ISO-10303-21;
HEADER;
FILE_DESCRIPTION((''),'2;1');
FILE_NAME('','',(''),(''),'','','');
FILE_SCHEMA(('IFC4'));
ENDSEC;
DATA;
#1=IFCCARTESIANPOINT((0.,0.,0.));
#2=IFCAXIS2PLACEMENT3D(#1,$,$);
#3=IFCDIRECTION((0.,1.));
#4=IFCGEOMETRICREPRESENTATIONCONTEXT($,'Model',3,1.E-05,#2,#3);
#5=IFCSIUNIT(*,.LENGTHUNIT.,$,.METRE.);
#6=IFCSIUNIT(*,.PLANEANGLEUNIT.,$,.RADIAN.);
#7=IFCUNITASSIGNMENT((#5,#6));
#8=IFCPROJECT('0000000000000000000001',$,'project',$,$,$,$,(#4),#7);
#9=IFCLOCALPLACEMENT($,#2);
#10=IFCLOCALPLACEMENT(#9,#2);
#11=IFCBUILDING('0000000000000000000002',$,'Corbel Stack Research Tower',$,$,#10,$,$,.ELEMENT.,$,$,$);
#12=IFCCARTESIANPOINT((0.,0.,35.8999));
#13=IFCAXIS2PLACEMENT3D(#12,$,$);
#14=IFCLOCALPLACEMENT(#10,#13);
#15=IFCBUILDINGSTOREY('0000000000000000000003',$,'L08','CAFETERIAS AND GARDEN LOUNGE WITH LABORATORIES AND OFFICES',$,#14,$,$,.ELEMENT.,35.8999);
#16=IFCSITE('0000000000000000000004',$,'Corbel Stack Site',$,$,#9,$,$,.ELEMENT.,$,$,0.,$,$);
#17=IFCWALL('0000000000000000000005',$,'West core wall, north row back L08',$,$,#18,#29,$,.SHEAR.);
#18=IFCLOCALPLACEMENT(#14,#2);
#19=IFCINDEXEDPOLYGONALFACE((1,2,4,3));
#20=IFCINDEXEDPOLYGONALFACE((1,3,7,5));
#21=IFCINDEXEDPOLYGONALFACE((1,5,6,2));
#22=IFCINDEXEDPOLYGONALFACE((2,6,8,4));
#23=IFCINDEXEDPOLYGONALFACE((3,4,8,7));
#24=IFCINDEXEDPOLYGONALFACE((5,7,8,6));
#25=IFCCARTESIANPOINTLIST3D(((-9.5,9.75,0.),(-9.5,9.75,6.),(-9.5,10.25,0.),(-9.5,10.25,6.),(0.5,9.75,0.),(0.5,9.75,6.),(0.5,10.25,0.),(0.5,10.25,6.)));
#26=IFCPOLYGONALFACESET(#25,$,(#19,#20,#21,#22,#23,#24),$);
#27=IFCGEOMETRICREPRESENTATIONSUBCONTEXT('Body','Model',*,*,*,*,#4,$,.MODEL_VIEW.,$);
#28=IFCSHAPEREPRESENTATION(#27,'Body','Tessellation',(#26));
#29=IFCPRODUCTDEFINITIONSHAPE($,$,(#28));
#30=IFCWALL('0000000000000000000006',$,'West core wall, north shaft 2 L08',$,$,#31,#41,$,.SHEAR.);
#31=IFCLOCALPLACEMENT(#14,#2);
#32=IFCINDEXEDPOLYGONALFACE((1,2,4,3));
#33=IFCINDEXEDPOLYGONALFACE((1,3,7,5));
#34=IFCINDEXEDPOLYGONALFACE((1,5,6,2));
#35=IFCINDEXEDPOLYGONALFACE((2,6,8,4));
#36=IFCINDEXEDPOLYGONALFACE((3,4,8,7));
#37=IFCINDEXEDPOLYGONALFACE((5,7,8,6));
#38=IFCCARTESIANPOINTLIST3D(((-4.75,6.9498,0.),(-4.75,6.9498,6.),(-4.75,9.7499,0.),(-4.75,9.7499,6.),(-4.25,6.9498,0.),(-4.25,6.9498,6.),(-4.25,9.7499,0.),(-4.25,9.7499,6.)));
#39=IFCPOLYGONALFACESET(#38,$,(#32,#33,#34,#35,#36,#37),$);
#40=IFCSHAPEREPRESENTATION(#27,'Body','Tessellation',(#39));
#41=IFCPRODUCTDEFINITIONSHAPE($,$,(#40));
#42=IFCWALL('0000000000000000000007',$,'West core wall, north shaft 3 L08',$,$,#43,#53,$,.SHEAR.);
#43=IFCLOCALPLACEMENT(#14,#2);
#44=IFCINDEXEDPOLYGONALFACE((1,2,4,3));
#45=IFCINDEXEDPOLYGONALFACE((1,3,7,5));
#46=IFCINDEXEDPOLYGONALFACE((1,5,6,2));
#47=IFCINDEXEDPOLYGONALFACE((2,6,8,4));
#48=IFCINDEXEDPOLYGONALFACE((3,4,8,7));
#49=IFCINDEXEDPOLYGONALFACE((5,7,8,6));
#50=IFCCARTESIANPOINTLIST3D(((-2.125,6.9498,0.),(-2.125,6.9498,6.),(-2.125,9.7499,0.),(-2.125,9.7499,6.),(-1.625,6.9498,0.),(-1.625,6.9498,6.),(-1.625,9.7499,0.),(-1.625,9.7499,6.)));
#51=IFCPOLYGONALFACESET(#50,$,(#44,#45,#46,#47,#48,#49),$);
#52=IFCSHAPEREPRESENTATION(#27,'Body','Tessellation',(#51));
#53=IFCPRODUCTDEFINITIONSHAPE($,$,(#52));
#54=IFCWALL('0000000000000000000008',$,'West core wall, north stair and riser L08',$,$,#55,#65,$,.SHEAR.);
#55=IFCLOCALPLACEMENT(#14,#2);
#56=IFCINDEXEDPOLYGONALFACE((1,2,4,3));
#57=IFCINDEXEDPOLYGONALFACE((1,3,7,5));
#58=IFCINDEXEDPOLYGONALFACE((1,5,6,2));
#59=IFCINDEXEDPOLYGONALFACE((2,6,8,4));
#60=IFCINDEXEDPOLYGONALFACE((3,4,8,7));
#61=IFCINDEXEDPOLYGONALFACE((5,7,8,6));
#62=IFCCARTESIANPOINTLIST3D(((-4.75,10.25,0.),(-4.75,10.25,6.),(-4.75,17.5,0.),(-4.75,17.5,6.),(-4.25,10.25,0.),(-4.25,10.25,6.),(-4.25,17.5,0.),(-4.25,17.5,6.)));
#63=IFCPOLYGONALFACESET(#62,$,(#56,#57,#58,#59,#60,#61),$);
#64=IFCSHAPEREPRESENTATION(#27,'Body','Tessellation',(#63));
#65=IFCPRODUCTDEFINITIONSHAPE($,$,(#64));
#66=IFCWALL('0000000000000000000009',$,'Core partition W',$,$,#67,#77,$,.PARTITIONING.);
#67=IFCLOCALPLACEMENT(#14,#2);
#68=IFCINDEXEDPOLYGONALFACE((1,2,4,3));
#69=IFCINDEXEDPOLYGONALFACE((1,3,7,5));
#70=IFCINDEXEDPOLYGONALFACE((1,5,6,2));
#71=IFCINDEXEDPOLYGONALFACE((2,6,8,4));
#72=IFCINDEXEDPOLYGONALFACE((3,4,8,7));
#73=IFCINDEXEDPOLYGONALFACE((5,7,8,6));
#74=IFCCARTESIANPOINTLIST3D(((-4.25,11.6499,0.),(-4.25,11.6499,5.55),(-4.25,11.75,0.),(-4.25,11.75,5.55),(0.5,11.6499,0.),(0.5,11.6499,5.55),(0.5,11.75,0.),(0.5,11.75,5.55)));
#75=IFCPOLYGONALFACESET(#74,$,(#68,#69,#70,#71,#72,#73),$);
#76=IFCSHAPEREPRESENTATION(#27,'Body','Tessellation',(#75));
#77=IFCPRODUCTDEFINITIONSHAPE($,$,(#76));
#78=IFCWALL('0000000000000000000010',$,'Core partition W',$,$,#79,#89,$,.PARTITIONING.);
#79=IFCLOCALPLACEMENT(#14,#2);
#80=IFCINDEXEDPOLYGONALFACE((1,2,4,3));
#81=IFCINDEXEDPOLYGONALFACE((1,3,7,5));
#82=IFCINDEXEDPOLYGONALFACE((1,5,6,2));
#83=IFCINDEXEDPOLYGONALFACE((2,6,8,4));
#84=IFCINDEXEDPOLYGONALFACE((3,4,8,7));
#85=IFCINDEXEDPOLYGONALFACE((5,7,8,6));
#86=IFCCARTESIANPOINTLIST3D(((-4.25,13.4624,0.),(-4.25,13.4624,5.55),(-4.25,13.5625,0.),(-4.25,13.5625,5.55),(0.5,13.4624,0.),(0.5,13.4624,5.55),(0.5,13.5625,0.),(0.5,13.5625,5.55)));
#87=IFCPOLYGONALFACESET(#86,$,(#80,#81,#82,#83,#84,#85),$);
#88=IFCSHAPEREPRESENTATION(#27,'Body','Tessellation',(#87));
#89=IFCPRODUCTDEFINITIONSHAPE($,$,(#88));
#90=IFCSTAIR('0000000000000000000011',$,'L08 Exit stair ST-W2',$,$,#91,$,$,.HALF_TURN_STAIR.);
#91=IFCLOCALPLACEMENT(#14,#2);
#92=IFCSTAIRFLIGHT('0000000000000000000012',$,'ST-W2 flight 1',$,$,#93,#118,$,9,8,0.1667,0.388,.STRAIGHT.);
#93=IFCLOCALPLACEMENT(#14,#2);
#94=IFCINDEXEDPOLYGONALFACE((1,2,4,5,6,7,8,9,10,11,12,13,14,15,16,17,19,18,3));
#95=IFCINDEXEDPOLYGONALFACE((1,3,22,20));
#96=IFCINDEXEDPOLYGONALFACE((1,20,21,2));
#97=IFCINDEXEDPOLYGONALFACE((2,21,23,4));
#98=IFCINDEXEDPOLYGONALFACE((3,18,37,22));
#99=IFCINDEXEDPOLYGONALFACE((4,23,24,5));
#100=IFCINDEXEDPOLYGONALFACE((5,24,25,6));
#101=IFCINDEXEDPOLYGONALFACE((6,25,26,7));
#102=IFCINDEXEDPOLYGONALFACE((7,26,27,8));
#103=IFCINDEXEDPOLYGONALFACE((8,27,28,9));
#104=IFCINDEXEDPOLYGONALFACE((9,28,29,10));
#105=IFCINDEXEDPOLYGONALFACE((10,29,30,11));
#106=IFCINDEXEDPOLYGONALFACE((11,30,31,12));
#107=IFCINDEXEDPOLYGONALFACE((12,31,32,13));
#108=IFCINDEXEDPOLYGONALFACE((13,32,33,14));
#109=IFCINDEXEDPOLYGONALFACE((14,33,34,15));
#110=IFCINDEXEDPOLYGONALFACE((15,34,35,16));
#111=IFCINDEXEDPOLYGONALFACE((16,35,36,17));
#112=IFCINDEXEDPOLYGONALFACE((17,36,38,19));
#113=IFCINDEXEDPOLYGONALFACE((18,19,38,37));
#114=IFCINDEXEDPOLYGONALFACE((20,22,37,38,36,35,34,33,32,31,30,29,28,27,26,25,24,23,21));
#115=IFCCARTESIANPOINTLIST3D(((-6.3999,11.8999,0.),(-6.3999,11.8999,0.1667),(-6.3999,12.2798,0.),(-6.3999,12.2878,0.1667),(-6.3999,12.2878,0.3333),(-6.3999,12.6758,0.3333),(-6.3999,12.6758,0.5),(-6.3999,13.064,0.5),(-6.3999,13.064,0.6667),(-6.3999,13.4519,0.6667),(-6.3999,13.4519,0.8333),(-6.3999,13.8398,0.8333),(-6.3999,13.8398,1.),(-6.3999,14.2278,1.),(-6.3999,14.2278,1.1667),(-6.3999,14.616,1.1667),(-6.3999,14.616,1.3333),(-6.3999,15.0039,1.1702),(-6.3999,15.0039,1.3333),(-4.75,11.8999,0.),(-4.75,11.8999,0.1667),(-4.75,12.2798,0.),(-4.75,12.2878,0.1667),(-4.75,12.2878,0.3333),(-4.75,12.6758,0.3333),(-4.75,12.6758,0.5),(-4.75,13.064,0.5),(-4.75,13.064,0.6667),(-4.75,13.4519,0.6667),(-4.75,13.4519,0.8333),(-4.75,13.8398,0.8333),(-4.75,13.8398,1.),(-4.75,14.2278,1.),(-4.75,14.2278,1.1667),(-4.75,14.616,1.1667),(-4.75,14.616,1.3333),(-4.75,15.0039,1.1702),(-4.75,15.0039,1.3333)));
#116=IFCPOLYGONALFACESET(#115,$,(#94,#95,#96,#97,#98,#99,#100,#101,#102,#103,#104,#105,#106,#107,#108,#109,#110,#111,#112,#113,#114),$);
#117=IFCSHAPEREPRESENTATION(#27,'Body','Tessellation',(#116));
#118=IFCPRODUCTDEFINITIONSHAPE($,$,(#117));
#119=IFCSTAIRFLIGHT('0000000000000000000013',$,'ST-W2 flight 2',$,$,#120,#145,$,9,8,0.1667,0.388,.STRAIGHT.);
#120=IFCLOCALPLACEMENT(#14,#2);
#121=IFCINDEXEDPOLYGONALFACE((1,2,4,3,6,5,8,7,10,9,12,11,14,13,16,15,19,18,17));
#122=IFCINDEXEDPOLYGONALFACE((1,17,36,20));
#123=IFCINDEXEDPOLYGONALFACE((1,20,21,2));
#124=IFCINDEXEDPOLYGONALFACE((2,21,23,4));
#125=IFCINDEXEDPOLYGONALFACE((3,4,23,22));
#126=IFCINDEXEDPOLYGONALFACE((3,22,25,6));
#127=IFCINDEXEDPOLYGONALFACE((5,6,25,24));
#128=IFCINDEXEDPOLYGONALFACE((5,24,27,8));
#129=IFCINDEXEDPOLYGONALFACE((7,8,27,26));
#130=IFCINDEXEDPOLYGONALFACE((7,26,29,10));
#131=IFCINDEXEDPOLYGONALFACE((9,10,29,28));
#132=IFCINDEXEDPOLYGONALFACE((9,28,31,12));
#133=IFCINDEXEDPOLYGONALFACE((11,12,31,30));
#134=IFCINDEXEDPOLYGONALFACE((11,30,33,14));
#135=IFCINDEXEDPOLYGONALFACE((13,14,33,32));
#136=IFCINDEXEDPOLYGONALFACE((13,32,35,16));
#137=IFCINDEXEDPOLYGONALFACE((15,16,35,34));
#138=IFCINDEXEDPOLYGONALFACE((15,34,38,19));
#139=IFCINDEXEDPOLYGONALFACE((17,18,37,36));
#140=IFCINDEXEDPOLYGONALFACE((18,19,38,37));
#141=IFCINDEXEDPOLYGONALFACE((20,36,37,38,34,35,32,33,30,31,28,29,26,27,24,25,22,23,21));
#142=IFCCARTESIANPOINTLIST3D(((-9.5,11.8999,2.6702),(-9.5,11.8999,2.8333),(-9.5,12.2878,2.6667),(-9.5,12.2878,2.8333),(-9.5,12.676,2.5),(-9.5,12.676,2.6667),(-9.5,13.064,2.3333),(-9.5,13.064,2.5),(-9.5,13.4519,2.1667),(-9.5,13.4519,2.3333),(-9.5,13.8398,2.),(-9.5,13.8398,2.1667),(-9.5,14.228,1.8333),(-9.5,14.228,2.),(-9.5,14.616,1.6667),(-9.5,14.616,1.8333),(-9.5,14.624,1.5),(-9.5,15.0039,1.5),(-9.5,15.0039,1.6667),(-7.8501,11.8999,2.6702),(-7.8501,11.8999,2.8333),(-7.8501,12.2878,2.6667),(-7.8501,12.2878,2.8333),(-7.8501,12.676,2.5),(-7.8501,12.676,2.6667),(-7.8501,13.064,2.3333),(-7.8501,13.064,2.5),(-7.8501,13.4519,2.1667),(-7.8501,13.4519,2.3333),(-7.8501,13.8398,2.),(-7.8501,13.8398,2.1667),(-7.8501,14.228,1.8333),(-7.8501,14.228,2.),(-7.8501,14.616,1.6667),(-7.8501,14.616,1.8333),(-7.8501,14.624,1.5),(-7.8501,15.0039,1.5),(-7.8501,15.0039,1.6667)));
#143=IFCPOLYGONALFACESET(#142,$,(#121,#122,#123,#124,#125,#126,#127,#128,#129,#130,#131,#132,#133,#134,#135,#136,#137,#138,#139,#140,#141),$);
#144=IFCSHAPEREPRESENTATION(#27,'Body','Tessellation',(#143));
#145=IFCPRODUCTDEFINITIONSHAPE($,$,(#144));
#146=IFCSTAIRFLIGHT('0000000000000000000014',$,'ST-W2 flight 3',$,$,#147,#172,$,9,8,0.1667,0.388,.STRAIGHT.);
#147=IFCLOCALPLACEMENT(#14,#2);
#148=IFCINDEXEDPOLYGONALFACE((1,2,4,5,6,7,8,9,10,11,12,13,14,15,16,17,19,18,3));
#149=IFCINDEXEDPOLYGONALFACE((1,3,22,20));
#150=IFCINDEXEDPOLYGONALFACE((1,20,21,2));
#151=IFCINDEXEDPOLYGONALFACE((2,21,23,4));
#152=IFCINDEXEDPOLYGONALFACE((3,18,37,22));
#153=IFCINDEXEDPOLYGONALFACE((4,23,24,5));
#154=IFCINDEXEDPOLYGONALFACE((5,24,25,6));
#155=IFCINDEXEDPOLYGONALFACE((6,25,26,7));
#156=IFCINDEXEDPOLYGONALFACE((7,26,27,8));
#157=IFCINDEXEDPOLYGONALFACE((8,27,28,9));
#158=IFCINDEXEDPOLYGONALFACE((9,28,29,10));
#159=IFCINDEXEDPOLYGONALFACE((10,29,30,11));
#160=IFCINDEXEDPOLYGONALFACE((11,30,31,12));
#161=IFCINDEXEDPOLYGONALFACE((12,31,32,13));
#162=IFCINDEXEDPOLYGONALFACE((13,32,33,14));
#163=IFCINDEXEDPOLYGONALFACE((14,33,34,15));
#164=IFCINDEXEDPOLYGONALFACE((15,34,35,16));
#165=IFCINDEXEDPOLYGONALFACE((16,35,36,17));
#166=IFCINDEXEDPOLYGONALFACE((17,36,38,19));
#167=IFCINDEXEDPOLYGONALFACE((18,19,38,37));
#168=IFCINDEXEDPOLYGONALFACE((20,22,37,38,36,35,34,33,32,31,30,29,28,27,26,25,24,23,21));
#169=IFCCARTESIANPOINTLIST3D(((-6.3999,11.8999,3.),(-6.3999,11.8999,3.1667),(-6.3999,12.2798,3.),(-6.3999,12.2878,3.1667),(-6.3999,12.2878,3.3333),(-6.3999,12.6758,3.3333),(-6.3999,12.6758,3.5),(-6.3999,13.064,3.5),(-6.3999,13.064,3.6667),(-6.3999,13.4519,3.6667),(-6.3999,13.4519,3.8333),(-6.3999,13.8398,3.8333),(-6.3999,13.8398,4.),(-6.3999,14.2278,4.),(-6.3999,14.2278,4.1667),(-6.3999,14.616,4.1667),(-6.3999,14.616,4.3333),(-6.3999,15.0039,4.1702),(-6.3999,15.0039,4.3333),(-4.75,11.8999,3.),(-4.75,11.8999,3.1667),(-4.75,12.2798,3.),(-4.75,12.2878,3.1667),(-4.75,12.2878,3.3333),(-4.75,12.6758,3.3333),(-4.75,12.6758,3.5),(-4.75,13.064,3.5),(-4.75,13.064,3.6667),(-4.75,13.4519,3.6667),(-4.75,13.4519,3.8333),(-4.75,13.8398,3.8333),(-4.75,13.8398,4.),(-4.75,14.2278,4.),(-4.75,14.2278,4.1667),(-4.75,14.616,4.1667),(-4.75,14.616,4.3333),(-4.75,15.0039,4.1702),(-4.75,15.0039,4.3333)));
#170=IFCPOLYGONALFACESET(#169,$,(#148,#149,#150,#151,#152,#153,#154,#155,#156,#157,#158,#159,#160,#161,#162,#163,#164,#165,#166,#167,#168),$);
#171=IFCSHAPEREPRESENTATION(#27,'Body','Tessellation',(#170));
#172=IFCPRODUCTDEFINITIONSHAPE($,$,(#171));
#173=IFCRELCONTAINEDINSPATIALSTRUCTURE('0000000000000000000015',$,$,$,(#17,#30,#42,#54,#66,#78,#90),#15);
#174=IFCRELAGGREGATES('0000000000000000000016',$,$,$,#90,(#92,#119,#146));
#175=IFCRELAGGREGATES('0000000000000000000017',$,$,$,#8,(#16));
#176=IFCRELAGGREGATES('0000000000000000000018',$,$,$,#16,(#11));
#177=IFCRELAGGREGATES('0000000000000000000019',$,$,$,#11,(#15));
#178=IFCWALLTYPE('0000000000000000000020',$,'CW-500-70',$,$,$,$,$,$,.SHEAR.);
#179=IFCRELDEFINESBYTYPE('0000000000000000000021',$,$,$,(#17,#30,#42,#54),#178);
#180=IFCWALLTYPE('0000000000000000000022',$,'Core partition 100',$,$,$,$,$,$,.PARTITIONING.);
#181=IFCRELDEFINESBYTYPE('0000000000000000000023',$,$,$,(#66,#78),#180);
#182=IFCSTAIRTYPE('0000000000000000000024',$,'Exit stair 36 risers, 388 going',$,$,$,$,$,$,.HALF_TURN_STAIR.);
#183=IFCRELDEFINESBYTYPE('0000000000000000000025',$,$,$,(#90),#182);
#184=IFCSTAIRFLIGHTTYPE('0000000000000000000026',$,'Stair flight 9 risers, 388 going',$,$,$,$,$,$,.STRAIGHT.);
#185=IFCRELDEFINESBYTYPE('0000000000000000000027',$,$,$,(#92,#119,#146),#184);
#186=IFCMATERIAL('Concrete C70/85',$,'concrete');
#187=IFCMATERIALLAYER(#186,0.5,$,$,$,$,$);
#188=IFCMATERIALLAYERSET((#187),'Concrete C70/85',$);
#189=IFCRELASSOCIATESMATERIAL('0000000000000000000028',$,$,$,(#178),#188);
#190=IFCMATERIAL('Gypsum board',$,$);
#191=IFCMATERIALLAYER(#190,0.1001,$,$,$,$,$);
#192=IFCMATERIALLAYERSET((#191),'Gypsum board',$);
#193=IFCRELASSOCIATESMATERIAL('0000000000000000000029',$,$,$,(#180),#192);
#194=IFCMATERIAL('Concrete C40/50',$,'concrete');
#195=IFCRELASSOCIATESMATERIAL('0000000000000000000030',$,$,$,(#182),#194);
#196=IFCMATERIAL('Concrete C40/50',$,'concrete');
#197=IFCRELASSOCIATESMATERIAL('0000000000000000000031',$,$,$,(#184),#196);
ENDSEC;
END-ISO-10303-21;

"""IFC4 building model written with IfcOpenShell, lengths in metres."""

from ifc_helpers import new_model, si_unit, direction, frame, frame_2d, origin, place, context, subcontext, project, spatial, polyline, rectangle, outline, extrude, material, layer, layer_set, type_object, element, aggregate, save


model = new_model("IFC4")

# Units and contexts
model_context = context("Model", 3, precision=1e-05, world=origin(), true_north=direction((0.0, 1.0)))
body_context = subcontext(model_context, "Body", "Model", "MODEL_VIEW")
ifc_project = project(units=[si_unit("LENGTHUNIT", "METRE"), si_unit("PLANEANGLEUNIT", "RADIAN")], contexts=[model_context])

# Site, building, storey
site_placement = place(None, origin())
site = spatial("IfcSite", under=ifc_project, at=site_placement, Name="Corbel Stack Site", CompositionType="ELEMENT", RefElevation=0.0)
building_placement = place(site_placement, origin())
building = spatial("IfcBuilding", under=site, at=building_placement, Name="Corbel Stack Research Tower", CompositionType="ELEMENT")
storey_placement = place(building_placement, frame((0.0, 0.0, 35.8999)))
storey = spatial("IfcBuildingStorey", under=building, at=storey_placement, Name="L08", Description="CAFETERIAS AND GARDEN LOUNGE WITH LABORATORIES AND OFFICES", CompositionType="ELEMENT", Elevation=35.8999)

# Walls
ifc_material_1 = material(Name="Concrete C70/85", Category="concrete")
ifc_layer_1 = layer(ifc_material_1, 0.5)
ifc_layer_set_1 = layer_set([ifc_layer_1], Name="Concrete C70/85")
wall_type_1 = type_object("IfcWallType", Name="CW-500-70", PredefinedType="SHEAR", material=ifc_layer_set_1)
wall_1_placement = place(storey_placement, frame((-9.5, 10.0, 0.0), z_axis=(0.0, 0.0, 1.0), x_axis=(1.0, 0.0, 0.0)))
element("IfcWall", 1, at=wall_1_placement, inside=storey, type_object=wall_type_1, Name="West core wall, north row back L08", PredefinedType="SHEAR", context=body_context, shape_type="SweptSolid", body=[
    extrude(rectangle(XDim=10.0, YDim=0.5, at=frame_2d((5.0, 0.0))), origin(), (0.0, 0.0, 1.0), 6.0),
])
for number, where, z_axis, x_axis, name in (
    (2, (-4.5, 6.95, 0.0), (0.0, 0.0, 1.0), (0.0, 1.0, 0.0), "West core wall, north shaft 2 L08"),
    (3, (-1.875, 6.95, 0.0), (0.0, 0.0, 1.0), (0.0, 1.0, 0.0), "West core wall, north shaft 3 L08"),
):
    element("IfcWall", number, at=place(storey_placement, frame(where, z_axis=z_axis, x_axis=x_axis)), inside=storey, type_object=wall_type_1, Name=name, PredefinedType="SHEAR", context=body_context, shape_type="SweptSolid", body=[
        extrude(rectangle(XDim=2.8, YDim=0.5, at=frame_2d((1.3999, 0.0))), origin(), (0.0, 0.0, 1.0), 6.0),
    ])
wall_2_placement = place(storey_placement, frame((-4.5, 10.25, 0.0), z_axis=(0.0, 0.0, 1.0), x_axis=(0.0, 1.0, 0.0)))
element("IfcWall", 4, at=wall_2_placement, inside=storey, type_object=wall_type_1, Name="West core wall, north stair and riser L08", PredefinedType="SHEAR", context=body_context, shape_type="SweptSolid", body=[
    extrude(rectangle(XDim=7.25, YDim=0.5, at=frame_2d((3.625, 0.0))), origin(), (0.0, 0.0, 1.0), 6.0),
])
ifc_material_2 = material(Name="Gypsum board")
ifc_layer_2 = layer(ifc_material_2, 0.1001)
ifc_layer_set_2 = layer_set([ifc_layer_2], Name="Gypsum board")
wall_type_2 = type_object("IfcWallType", Name="Core partition 100", PredefinedType="PARTITIONING", material=ifc_layer_set_2)
for number, where, z_axis, x_axis, name in (
    (5, (-4.25, 11.7, 0.0), (0.0, 0.0, 1.0), (1.0, 0.0, 0.0), "Core partition W"),
    (6, (-4.25, 13.5125, 0.0), (0.0, 0.0, 1.0), (1.0, 0.0, 0.0), "Core partition W"),
):
    element("IfcWall", number, at=place(storey_placement, frame(where, z_axis=z_axis, x_axis=x_axis)), inside=storey, type_object=wall_type_2, Name=name, PredefinedType="PARTITIONING", context=body_context, shape_type="SweptSolid", body=[
        extrude(rectangle(XDim=4.75, YDim=0.1001, at=frame_2d((2.375, 0.0))), origin(), (0.0, 0.0, 1.0), 5.55),
    ])

# Stair, stair flights
ifc_material_3 = material(Name="Concrete C40/50", Category="concrete")
stair_type = type_object("IfcStairType", Name="Exit stair 36 risers, 388 going", PredefinedType="HALF_TURN_STAIR", material=ifc_material_3)
stair_placement = place(storey_placement, origin())
stair = element("IfcStair", 7, at=stair_placement, inside=storey, type_object=stair_type, Name="L08 Exit stair ST-W2", PredefinedType="HALF_TURN_STAIR")
ifc_material_4 = material(Name="Concrete C40/50", Category="concrete")
stair_flight_type = type_object("IfcStairFlightType", Name="Stair flight 9 risers, 388 going", PredefinedType="STRAIGHT", material=ifc_material_4)
stair_flight_1_placement = place(storey_placement, frame((-5.575, 11.8999, 0.0), z_axis=(0.0, 0.0, 1.0), x_axis=(0.0, 1.0, 0.0)))
stair_flight_1 = element("IfcStairFlight", 8, at=stair_flight_1_placement, type_object=stair_flight_type, Name="ST-W2 flight 1", NumberOfRisers=9, NumberOfTreads=8, PredefinedType="STRAIGHT", RiserHeight=0.1667, TreadLength=0.388, context=body_context, shape_type="SweptSolid", body=[
    extrude(outline(polyline([(0.0, 0.0), (0.0, 0.1667), (0.3879, 0.1667), (0.3879, 0.3333), (0.7759, 0.3333), (0.7759, 0.5), (1.1641, 0.5), (1.1641, 0.6667), (1.552, 0.6667), (1.552, 0.8333), (1.9399, 0.8333), (1.9399, 1.0), (2.3279, 1.0), (2.3279, 1.1667), (2.7161, 1.1667), (2.7161, 1.3333), (3.104, 1.3333), (3.104, 1.5), (3.104, 1.1702), (0.3799, 0.0), (0.0, 0.0)])), frame((0.0, 0.825, 0.0), z_axis=(0.0, -1.0, 0.0), x_axis=(1.0, 0.0, 0.0)), (0.0, 0.0, 1.0), 1.6499),
])
stair_flight_2_placement = place(storey_placement, frame((-8.675, 15.0039, 1.5), z_axis=(0.0, 0.0, 1.0), x_axis=(0.0, -1.0, 0.0)))
stair_flight_2 = element("IfcStairFlight", 9, at=stair_flight_2_placement, type_object=stair_flight_type, Name="ST-W2 flight 2", NumberOfRisers=9, NumberOfTreads=8, PredefinedType="STRAIGHT", RiserHeight=0.1667, TreadLength=0.388, context=body_context, shape_type="SweptSolid", body=[
    extrude(outline(polyline([(0.0, 0.0), (0.0, 0.1667), (0.3879, 0.1667), (0.3879, 0.3333), (0.7759, 0.3333), (0.7759, 0.5), (1.1641, 0.5), (1.1641, 0.6667), (1.552, 0.6667), (1.552, 0.8333), (1.9399, 0.8333), (1.9399, 1.0), (2.3279, 1.0), (2.3279, 1.1667), (2.7161, 1.1667), (2.7161, 1.3333), (3.104, 1.3333), (3.104, 1.5), (3.104, 1.1702), (0.3799, 0.0), (0.0, 0.0)])), frame((0.0, 0.825, 0.0), z_axis=(0.0, -1.0, 0.0), x_axis=(1.0, 0.0, 0.0)), (0.0, 0.0, 1.0), 1.6499),
])
stair_flight_3_placement = place(storey_placement, frame((-5.575, 11.8999, 3.0), z_axis=(0.0, 0.0, 1.0), x_axis=(0.0, 1.0, 0.0)))
stair_flight_3 = element("IfcStairFlight", 10, at=stair_flight_3_placement, type_object=stair_flight_type, Name="ST-W2 flight 3", NumberOfRisers=9, NumberOfTreads=8, PredefinedType="STRAIGHT", RiserHeight=0.1667, TreadLength=0.388, context=body_context, shape_type="SweptSolid", body=[
    extrude(outline(polyline([(0.0, 0.0), (0.0, 0.1667), (0.3879, 0.1667), (0.3879, 0.3333), (0.7759, 0.3333), (0.7759, 0.5), (1.1641, 0.5), (1.1641, 0.6667), (1.552, 0.6667), (1.552, 0.8333), (1.9399, 0.8333), (1.9399, 1.0), (2.3279, 1.0), (2.3279, 1.1667), (2.7161, 1.1667), (2.7161, 1.3333), (3.104, 1.3333), (3.104, 1.5), (3.104, 1.1702), (0.3799, 0.0), (0.0, 0.0)])), frame((0.0, 0.825, 0.0), z_axis=(0.0, -1.0, 0.0), x_axis=(1.0, 0.0, 0.0)), (0.0, 0.0, 1.0), 1.6499),
])
aggregate(stair, [stair_flight_1, stair_flight_2, stair_flight_3])

save(model, "model.ifc")
